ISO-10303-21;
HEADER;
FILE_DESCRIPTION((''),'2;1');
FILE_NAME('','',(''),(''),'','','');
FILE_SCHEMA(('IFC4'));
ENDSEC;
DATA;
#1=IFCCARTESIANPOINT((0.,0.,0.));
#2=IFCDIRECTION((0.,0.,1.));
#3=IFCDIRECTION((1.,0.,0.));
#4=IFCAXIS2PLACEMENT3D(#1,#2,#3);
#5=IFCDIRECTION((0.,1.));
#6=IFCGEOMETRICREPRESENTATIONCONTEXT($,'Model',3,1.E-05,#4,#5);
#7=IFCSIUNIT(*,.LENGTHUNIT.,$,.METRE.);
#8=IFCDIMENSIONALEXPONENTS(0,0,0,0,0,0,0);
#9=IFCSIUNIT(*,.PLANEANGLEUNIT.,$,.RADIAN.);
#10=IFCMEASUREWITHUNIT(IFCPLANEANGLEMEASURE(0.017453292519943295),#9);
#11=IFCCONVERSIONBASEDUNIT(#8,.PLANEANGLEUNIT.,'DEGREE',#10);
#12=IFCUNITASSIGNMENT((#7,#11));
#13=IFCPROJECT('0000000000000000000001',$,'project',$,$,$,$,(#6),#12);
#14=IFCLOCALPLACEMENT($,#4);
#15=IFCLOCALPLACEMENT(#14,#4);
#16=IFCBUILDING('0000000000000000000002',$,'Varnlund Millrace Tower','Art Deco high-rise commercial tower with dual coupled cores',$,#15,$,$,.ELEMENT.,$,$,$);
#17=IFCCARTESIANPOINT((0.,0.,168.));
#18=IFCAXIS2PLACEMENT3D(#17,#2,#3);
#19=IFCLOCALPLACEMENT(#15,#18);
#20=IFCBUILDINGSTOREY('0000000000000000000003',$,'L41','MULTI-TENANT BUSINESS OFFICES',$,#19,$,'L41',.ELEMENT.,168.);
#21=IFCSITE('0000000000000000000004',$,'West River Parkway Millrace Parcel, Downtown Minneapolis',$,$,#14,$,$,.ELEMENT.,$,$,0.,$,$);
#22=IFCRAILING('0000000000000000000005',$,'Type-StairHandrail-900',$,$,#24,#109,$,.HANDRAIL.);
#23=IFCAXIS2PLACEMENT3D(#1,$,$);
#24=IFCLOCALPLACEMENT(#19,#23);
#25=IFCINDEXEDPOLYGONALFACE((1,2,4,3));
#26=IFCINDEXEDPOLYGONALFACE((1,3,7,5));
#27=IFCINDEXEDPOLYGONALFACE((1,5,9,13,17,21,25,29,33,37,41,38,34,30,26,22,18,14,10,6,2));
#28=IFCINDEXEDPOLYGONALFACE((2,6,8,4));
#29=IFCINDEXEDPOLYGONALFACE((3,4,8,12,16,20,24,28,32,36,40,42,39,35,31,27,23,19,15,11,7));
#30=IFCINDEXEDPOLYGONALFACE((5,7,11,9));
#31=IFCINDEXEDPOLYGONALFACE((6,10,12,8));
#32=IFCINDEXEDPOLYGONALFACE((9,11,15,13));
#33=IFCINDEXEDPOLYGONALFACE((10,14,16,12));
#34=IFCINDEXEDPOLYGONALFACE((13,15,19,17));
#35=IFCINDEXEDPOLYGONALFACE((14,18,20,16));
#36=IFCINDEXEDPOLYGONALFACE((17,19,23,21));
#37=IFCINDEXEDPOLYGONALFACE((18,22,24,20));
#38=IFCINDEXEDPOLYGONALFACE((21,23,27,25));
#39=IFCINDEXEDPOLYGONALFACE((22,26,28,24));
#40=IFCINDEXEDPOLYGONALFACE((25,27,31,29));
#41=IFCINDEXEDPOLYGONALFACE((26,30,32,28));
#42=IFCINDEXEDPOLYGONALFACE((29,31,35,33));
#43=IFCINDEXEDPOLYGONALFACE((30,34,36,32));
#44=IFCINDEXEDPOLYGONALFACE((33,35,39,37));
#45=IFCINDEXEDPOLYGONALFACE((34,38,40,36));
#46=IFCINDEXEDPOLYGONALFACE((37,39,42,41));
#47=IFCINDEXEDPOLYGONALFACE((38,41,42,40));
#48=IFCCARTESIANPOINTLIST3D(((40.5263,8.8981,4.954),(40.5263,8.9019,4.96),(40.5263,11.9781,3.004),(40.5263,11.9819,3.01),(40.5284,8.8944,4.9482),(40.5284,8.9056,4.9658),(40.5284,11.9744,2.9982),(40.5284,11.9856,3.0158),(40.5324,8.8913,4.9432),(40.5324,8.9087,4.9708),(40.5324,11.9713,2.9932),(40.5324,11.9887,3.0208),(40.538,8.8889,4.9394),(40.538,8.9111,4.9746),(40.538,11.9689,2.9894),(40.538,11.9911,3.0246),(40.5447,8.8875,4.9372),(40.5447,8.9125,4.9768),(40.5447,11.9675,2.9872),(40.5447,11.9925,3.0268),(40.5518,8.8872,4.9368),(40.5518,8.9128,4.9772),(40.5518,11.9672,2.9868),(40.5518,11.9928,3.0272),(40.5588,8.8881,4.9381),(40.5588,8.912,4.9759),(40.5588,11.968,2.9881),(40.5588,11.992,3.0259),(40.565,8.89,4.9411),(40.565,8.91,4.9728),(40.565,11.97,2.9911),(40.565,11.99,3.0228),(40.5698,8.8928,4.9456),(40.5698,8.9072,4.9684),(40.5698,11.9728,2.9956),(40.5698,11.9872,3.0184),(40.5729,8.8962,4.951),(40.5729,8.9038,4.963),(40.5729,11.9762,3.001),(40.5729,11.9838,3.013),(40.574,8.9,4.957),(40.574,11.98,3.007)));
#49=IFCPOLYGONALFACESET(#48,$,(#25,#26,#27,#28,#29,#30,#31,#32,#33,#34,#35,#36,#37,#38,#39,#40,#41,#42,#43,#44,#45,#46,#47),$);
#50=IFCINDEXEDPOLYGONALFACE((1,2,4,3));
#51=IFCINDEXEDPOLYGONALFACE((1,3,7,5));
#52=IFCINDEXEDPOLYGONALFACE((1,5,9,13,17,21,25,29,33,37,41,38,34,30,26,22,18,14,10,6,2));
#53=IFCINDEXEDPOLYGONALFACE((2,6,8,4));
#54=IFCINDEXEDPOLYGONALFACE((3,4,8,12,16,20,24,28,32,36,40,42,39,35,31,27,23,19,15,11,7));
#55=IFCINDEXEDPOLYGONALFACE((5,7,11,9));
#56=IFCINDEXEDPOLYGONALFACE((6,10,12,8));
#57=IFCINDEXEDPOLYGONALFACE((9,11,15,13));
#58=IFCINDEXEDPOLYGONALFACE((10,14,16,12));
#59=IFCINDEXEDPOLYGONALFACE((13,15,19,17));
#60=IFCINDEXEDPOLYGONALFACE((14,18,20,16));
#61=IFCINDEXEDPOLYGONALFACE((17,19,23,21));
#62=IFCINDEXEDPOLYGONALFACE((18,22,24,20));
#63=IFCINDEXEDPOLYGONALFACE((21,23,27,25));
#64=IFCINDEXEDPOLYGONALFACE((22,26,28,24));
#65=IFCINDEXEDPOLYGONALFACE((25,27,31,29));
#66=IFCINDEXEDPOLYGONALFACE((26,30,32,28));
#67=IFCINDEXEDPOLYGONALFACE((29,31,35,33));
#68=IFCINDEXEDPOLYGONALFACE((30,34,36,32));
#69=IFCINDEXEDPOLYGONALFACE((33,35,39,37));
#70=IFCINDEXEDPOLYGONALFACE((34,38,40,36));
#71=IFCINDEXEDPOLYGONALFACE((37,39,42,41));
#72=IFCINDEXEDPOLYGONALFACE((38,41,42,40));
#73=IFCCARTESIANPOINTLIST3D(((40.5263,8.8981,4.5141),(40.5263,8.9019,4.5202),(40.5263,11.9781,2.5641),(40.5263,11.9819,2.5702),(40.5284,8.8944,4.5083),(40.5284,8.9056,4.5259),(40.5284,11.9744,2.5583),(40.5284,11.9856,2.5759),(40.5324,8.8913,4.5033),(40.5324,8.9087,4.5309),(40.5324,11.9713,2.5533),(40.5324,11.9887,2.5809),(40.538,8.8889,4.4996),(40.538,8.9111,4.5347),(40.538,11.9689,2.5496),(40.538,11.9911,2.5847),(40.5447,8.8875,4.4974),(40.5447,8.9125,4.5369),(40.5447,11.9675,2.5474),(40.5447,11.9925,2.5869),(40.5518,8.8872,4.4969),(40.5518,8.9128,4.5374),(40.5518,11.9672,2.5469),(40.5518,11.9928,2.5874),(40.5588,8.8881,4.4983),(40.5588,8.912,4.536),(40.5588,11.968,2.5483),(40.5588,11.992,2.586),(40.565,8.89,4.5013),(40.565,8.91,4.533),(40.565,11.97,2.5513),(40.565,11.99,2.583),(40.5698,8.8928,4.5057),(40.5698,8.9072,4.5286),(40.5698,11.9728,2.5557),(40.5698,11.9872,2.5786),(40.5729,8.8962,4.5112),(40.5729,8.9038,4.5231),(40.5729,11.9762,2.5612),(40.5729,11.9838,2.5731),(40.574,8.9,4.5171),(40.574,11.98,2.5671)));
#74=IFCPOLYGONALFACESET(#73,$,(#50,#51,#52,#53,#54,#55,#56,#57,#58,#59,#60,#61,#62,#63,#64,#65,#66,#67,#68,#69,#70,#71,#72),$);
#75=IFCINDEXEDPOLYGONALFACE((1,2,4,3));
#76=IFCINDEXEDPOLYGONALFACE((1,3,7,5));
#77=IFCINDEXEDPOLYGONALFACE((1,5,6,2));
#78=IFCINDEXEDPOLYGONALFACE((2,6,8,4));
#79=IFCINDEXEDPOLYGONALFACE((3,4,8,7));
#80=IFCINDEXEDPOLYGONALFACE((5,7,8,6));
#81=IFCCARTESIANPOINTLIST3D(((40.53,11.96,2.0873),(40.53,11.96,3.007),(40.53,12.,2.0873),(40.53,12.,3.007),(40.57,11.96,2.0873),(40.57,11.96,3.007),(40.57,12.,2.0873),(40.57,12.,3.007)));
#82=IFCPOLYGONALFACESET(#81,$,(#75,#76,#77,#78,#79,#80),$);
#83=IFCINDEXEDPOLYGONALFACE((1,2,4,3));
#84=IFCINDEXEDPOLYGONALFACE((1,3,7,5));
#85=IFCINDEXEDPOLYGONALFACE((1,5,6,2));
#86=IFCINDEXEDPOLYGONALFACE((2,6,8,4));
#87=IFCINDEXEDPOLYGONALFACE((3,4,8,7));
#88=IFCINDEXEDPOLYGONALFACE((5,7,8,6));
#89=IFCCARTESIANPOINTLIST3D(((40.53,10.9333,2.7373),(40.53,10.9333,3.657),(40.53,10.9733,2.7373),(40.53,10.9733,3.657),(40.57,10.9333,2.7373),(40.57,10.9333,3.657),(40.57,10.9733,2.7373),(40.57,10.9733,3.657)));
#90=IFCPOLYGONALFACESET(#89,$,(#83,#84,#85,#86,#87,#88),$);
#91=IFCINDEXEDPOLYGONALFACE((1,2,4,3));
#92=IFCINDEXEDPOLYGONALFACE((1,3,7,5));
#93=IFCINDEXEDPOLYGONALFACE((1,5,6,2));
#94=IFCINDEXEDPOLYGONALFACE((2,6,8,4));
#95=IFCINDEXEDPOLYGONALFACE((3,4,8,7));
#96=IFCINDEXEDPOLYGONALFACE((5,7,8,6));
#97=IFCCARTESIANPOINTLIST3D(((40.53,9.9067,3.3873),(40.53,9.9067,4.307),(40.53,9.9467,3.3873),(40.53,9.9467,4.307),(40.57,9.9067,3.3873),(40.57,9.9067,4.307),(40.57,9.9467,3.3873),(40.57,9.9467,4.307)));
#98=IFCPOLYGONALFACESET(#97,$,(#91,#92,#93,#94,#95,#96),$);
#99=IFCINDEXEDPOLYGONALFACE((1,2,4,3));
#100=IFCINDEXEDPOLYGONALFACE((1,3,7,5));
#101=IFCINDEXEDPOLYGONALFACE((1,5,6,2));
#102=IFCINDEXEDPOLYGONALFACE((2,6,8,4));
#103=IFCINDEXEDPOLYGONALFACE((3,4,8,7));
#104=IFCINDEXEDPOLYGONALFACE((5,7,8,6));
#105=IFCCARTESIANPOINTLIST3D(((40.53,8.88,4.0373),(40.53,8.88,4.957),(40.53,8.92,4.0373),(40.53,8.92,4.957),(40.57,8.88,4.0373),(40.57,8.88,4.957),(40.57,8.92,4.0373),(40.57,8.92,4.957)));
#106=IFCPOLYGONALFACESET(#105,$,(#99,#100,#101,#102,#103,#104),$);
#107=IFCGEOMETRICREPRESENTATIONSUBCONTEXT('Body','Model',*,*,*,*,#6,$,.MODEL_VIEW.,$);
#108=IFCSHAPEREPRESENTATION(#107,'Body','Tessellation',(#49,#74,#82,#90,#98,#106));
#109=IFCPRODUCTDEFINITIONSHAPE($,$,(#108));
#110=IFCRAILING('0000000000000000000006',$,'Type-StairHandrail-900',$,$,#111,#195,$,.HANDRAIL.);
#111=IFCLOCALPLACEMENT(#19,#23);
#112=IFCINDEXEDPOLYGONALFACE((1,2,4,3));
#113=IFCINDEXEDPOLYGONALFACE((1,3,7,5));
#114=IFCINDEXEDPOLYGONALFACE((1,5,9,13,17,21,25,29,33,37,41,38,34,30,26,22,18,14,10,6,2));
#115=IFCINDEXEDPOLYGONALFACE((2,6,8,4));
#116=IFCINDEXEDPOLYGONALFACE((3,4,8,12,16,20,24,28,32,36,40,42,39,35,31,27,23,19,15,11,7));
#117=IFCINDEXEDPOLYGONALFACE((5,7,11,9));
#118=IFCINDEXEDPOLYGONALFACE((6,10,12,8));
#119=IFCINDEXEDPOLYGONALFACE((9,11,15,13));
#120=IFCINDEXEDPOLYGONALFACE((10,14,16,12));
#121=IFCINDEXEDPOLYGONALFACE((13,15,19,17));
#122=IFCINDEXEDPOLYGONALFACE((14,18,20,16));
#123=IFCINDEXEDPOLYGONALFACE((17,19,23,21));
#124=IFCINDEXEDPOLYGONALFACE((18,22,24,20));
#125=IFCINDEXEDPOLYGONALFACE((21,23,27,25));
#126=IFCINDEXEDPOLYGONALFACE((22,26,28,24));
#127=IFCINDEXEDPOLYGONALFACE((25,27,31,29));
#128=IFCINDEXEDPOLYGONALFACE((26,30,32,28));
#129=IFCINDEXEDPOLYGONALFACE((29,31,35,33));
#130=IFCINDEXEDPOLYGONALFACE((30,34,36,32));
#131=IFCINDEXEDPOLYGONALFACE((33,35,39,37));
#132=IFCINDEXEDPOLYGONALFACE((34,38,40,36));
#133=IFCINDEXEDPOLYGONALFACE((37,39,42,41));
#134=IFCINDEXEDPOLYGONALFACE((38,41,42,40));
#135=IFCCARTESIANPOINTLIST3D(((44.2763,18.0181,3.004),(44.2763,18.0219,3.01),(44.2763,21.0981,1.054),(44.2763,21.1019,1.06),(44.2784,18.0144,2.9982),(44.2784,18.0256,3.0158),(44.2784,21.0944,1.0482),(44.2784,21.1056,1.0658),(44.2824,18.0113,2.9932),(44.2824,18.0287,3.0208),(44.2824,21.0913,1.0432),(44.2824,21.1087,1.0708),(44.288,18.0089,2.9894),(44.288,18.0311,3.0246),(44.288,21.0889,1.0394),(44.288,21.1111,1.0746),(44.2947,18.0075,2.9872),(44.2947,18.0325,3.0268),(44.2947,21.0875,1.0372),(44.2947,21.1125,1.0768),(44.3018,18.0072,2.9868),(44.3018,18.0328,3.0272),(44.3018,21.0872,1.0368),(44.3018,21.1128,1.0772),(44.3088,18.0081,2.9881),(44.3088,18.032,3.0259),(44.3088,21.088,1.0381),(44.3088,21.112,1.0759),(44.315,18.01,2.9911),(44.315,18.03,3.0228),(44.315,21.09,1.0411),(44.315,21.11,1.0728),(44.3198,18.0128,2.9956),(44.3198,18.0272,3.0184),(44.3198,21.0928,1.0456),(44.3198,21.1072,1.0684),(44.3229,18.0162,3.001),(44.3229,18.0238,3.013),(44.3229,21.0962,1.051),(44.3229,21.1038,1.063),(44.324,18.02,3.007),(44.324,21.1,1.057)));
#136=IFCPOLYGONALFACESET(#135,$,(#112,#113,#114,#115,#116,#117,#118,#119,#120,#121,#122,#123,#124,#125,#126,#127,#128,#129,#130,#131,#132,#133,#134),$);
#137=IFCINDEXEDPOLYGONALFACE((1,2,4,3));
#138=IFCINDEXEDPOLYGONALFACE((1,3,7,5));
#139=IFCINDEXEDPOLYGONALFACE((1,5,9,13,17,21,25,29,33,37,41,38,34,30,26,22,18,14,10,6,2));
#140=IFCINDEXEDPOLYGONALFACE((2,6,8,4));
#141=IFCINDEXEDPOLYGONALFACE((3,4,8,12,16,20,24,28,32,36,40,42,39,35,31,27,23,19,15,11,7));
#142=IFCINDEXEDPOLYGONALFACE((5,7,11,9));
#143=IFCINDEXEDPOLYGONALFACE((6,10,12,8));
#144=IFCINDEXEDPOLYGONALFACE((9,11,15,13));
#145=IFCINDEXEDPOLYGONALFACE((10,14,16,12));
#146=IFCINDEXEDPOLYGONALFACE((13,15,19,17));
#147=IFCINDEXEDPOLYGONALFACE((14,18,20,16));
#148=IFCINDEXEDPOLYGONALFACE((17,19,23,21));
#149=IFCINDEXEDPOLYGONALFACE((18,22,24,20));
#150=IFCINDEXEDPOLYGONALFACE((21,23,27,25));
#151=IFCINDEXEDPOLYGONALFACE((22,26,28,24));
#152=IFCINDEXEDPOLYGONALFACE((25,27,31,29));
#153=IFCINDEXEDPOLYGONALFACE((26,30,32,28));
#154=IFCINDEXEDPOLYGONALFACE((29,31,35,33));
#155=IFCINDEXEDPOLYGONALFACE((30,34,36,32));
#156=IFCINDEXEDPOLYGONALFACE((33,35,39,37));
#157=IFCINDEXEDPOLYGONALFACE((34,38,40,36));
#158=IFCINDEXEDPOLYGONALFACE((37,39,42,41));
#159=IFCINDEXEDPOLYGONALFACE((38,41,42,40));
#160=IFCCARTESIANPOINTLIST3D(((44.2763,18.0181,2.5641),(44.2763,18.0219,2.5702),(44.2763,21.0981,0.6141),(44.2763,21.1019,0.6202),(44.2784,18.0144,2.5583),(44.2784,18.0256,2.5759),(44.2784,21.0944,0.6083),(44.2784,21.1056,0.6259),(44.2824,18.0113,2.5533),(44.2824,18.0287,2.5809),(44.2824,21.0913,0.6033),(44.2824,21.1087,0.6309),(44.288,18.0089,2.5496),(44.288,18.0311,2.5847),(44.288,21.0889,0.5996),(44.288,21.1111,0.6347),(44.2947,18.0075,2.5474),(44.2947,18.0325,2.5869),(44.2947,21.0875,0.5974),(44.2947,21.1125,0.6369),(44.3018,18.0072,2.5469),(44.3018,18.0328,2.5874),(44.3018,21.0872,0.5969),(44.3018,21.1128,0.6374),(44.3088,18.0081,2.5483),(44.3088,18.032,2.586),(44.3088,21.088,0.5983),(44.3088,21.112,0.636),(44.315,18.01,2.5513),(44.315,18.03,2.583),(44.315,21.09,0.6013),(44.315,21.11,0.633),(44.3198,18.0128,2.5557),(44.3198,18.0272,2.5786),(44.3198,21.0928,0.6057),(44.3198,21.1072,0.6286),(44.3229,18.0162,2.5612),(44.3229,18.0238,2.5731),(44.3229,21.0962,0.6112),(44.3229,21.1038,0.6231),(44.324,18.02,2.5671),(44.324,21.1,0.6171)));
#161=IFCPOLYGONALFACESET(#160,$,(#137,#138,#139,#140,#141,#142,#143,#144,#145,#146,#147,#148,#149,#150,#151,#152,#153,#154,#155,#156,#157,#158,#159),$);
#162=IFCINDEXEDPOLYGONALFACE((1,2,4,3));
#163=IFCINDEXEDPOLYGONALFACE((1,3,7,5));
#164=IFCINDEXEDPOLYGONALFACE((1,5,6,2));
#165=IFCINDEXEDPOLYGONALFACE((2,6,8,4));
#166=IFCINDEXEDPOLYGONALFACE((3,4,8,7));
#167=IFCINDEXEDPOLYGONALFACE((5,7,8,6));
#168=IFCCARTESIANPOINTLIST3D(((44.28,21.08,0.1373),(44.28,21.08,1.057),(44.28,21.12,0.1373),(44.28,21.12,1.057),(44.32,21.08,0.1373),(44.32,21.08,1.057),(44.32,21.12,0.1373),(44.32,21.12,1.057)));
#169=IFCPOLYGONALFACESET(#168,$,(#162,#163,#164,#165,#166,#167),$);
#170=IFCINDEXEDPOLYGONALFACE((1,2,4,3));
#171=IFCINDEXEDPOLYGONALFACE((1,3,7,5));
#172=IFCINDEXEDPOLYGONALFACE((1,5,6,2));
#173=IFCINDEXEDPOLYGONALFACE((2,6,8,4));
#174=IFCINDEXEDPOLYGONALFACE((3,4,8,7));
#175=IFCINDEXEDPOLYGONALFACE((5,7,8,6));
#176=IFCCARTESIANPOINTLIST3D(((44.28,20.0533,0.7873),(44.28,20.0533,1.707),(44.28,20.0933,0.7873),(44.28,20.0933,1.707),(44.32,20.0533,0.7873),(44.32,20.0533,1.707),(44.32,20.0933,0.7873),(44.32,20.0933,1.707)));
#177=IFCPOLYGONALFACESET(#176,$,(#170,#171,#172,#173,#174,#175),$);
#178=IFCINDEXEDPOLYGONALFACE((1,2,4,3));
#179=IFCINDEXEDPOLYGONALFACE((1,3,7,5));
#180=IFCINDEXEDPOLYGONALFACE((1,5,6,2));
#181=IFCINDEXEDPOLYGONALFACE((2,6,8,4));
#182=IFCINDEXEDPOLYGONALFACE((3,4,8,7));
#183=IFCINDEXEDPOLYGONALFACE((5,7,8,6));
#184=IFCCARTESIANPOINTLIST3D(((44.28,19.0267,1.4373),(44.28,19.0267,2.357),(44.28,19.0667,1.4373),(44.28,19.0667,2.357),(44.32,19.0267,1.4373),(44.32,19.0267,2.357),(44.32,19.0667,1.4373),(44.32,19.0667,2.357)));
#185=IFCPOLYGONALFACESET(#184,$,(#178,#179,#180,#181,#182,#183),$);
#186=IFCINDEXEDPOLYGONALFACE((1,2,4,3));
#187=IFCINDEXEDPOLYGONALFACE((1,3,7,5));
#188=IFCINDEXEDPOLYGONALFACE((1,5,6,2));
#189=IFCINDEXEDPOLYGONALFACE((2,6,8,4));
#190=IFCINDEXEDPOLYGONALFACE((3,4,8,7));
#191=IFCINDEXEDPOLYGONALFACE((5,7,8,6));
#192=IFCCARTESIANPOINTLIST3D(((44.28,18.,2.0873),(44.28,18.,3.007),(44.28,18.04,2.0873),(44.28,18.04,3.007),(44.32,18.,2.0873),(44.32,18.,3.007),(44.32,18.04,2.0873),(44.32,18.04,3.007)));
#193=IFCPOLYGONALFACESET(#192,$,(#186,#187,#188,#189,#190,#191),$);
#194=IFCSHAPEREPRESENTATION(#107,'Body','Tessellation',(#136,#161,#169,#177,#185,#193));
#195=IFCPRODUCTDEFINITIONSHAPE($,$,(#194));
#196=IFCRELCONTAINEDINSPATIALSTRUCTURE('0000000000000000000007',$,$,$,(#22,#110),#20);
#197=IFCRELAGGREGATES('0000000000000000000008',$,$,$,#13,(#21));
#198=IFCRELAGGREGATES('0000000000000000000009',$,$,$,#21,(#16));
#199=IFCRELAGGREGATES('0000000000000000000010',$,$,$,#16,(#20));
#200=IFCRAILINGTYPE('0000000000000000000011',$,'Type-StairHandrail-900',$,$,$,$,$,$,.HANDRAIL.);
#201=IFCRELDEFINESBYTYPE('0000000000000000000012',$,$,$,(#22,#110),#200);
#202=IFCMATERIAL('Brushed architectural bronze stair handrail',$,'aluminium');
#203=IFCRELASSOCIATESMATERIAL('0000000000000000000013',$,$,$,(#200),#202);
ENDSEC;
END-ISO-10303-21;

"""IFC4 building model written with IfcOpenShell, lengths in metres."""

from ifc_helpers import new_model, entity, si_unit, converted_unit, direction, frame, origin_with_axes, origin_2d_with_axis, place, context, subcontext, project, spatial, rectangle, circle, extrude, material, type_object, element, save


model = new_model("IFC4")

# Units and contexts
model_context = context("Model", 3, precision=1e-05, world=origin_with_axes(), true_north=direction((0.0, 1.0)))
body_context = subcontext(model_context, "Body", "Model", "MODEL_VIEW")
ifc_project = project(units=[si_unit("LENGTHUNIT", "METRE"), converted_unit("PLANEANGLEUNIT", "DEGREE", entity("IfcPlaneAngleMeasure", 0.017453292519943295), si_unit("PLANEANGLEUNIT", "RADIAN"), dimensions=[0, 0, 0, 0, 0, 0, 0])], contexts=[model_context])

# Site, building, storey
site_placement = place(None, origin_with_axes())
site = spatial("IfcSite", under=ifc_project, at=site_placement, Name="West River Parkway Millrace Parcel, Downtown Minneapolis", CompositionType="ELEMENT", RefElevation=0.0)
building_placement = place(site_placement, origin_with_axes())
building = spatial("IfcBuilding", under=site, at=building_placement, Name="Varnlund Millrace Tower", Description="Art Deco high-rise commercial tower with dual coupled cores", CompositionType="ELEMENT")
storey_placement = place(building_placement, frame((0.0, 0.0, 168.0), z_axis=(0.0, 0.0, 1.0), x_axis=(1.0, 0.0, 0.0)))
storey = spatial("IfcBuildingStorey", under=building, at=storey_placement, Name="L41", Description="MULTI-TENANT BUSINESS OFFICES", LongName="L41", CompositionType="ELEMENT", Elevation=168.0)

# Railings
ifc_material_1 = material(Name="Brushed architectural bronze stair handrail", Category="aluminium")
railing_type_1 = type_object("IfcRailingType", Name="Type-StairHandrail-900", PredefinedType="HANDRAIL", material=ifc_material_1)
railing_1_placement = place(storey_placement, frame((0.0, 0.0, -168.0), z_axis=(0.0, 0.0, 1.0), x_axis=(1.0, 0.0, 0.0)))
element("IfcRailing", 1, at=railing_1_placement, inside=storey, type_object=railing_type_1, Name="Type-StairHandrail-900", PredefinedType="HANDRAIL", context=body_context, shape_type="SweptSolid", body=[
    extrude(circle(Radius=0.024, at=origin_2d_with_axis()), frame((40.55, 11.98, 171.007), z_axis=(0.0, -0.844902, 0.534922), x_axis=(1.0, 0.0, 0.0)), (0.0, 0.0, 1.0), 3.6454),
    extrude(circle(Radius=0.024, at=origin_2d_with_axis()), frame((40.55, 11.98, 170.5671), z_axis=(0.0, -0.844902, 0.534922), x_axis=(1.0, 0.0, 0.0)), (0.0, 0.0, 1.0), 3.6454),
    extrude(rectangle(XDim=0.04, YDim=0.04, at=origin_2d_with_axis()), frame((40.55, 11.98, 170.0873), z_axis=(0.0, 0.0, 1.0), x_axis=(1.0, 0.0, 0.0)), (0.0, 0.0, 1.0), 0.9197),
    extrude(rectangle(XDim=0.04, YDim=0.04, at=origin_2d_with_axis()), frame((40.55, 10.9533, 170.7373), z_axis=(0.0, 0.0, 1.0), x_axis=(1.0, 0.0, 0.0)), (0.0, 0.0, 1.0), 0.9197),
    extrude(rectangle(XDim=0.04, YDim=0.04, at=origin_2d_with_axis()), frame((40.55, 9.9267, 171.3873), z_axis=(0.0, 0.0, 1.0), x_axis=(1.0, 0.0, 0.0)), (0.0, 0.0, 1.0), 0.9197),
    extrude(rectangle(XDim=0.04, YDim=0.04, at=origin_2d_with_axis()), frame((40.55, 8.9, 172.0373), z_axis=(0.0, 0.0, 1.0), x_axis=(1.0, 0.0, 0.0)), (0.0, 0.0, 1.0), 0.9197),
])
railing_2_placement = place(storey_placement, frame((0.0, 0.0, -168.0), z_axis=(0.0, 0.0, 1.0), x_axis=(1.0, 0.0, 0.0)))
element("IfcRailing", 2, at=railing_2_placement, inside=storey, type_object=railing_type_1, Name="Type-StairHandrail-900", PredefinedType="HANDRAIL", context=body_context, shape_type="SweptSolid", body=[
    extrude(circle(Radius=0.024, at=origin_2d_with_axis()), frame((44.3, 21.1, 169.057), z_axis=(0.0, -0.844902, 0.534922), x_axis=(1.0, 0.0, 0.0)), (0.0, 0.0, 1.0), 3.6454),
    extrude(circle(Radius=0.024, at=origin_2d_with_axis()), frame((44.3, 21.1, 168.6171), z_axis=(0.0, -0.844902, 0.534922), x_axis=(1.0, 0.0, 0.0)), (0.0, 0.0, 1.0), 3.6454),
    extrude(rectangle(XDim=0.04, YDim=0.04, at=origin_2d_with_axis()), frame((44.3, 21.1, 168.1373), z_axis=(0.0, 0.0, 1.0), x_axis=(1.0, 0.0, 0.0)), (0.0, 0.0, 1.0), 0.9197),
    extrude(rectangle(XDim=0.04, YDim=0.04, at=origin_2d_with_axis()), frame((44.3, 20.0733, 168.7873), z_axis=(0.0, 0.0, 1.0), x_axis=(1.0, 0.0, 0.0)), (0.0, 0.0, 1.0), 0.9197),
    extrude(rectangle(XDim=0.04, YDim=0.04, at=origin_2d_with_axis()), frame((44.3, 19.0467, 169.4373), z_axis=(0.0, 0.0, 1.0), x_axis=(1.0, 0.0, 0.0)), (0.0, 0.0, 1.0), 0.9197),
    extrude(rectangle(XDim=0.04, YDim=0.04, at=origin_2d_with_axis()), frame((44.3, 18.02, 170.0873), z_axis=(0.0, 0.0, 1.0), x_axis=(1.0, 0.0, 0.0)), (0.0, 0.0, 1.0), 0.9197),
])

save(model, "model.ifc")
